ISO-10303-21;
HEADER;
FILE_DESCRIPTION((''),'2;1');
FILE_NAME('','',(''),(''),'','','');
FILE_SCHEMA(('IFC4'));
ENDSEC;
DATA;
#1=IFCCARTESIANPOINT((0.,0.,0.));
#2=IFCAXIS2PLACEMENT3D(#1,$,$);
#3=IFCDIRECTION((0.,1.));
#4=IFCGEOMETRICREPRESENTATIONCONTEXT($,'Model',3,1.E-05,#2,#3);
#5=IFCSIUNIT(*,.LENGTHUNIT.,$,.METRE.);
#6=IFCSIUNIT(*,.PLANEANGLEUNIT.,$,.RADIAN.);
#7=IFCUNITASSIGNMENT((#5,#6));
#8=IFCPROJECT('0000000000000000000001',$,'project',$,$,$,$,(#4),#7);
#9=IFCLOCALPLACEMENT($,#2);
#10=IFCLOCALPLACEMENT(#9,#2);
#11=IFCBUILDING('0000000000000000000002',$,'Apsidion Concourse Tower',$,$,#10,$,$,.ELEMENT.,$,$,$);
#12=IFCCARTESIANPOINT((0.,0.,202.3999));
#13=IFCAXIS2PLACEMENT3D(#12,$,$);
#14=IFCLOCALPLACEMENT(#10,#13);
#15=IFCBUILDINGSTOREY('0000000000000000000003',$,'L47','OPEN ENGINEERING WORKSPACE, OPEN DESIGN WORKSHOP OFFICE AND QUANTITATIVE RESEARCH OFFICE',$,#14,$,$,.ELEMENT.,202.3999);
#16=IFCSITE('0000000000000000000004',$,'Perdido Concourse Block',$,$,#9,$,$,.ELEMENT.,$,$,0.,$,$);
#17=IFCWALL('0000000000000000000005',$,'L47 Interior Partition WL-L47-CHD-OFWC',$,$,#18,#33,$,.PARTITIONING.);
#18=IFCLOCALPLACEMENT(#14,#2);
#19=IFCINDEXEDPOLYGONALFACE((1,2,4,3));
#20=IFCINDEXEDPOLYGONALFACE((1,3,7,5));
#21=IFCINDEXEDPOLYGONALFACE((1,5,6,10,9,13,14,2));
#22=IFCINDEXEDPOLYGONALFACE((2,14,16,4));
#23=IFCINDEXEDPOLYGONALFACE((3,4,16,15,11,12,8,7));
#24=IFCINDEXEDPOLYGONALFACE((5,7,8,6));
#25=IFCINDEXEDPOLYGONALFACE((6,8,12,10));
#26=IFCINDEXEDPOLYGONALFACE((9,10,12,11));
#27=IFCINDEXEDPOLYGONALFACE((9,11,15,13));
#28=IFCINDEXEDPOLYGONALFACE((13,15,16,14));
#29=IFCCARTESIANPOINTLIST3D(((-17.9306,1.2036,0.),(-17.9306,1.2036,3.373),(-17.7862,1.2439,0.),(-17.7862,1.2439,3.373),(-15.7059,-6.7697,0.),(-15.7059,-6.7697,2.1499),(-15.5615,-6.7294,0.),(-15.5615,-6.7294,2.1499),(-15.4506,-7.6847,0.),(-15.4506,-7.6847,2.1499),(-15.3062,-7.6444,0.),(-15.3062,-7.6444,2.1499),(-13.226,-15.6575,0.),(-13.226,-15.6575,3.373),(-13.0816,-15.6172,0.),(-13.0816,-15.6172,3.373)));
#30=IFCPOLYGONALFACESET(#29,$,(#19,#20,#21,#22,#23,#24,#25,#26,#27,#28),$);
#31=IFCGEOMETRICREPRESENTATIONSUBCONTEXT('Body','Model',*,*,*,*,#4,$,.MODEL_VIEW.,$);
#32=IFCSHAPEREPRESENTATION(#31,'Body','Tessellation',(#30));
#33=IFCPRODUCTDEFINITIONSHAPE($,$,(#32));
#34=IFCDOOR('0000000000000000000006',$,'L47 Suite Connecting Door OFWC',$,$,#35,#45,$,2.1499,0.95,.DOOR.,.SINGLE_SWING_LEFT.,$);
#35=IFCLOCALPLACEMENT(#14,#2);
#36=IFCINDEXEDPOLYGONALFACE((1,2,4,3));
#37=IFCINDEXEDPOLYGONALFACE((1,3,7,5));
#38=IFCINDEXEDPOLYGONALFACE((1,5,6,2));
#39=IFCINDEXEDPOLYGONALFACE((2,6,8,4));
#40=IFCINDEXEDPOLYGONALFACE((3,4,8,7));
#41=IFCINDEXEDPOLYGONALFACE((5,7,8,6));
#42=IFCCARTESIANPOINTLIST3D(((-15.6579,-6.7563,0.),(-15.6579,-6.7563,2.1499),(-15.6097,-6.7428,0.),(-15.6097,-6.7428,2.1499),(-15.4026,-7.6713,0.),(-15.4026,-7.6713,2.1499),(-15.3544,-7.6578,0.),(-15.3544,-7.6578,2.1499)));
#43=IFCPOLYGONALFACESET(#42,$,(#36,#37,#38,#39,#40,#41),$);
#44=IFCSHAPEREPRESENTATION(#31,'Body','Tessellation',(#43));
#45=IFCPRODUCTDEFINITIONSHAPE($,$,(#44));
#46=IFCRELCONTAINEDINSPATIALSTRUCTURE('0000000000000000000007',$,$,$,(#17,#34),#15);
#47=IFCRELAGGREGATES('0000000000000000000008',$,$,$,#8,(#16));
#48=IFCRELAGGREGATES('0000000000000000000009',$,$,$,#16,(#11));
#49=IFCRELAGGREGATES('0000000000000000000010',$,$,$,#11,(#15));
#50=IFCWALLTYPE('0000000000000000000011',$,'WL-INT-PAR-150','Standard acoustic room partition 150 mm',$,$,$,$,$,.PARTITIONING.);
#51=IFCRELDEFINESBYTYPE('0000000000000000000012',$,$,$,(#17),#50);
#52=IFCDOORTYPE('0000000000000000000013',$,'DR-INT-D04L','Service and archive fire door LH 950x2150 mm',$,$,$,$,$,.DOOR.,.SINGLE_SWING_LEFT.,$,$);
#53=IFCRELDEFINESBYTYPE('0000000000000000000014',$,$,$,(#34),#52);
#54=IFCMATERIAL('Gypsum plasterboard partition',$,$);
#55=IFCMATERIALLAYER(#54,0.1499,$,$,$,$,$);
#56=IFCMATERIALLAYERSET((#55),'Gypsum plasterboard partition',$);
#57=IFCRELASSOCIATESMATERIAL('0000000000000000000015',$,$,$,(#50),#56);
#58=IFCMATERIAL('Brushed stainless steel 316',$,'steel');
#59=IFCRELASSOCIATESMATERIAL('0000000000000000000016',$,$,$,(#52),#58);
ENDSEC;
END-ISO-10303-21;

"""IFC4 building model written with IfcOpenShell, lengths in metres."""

from ifc_helpers import new_model, si_unit, direction, frame, frame_2d, origin, place, context, subcontext, project, spatial, rectangle, extrude, material, layer, layer_set, type_object, element, fill, save


model = new_model("IFC4")

# Units and contexts
model_context = context("Model", 3, precision=1e-05, world=origin(), true_north=direction((0.0, 1.0)))
body_context = subcontext(model_context, "Body", "Model", "MODEL_VIEW")
ifc_project = project(units=[si_unit("LENGTHUNIT", "METRE"), si_unit("PLANEANGLEUNIT", "RADIAN")], contexts=[model_context])

# Site, building, storey
site_placement = place(None, origin())
site = spatial("IfcSite", under=ifc_project, at=site_placement, Name="Perdido Concourse Block", CompositionType="ELEMENT", RefElevation=0.0)
building_placement = place(site_placement, origin())
building = spatial("IfcBuilding", under=site, at=building_placement, Name="Apsidion Concourse Tower", CompositionType="ELEMENT")
storey_placement = place(building_placement, frame((0.0, 0.0, 202.3999)))
storey = spatial("IfcBuildingStorey", under=building, at=storey_placement, Name="L47", Description="OPEN ENGINEERING WORKSPACE, OPEN DESIGN WORKSHOP OFFICE AND QUANTITATIVE RESEARCH OFFICE", CompositionType="ELEMENT", Elevation=202.3999)

# Shared definitions
ifc_material_1 = material(Name="Gypsum plasterboard partition")
ifc_layer = layer(ifc_material_1, 0.1499)
ifc_layer_set = layer_set([ifc_layer], Name="Gypsum plasterboard partition")
wall_type = type_object("IfcWallType", Name="WL-INT-PAR-150", Description="Standard acoustic room partition 150 mm", PredefinedType="PARTITIONING", material=ifc_layer_set)

# Wall, opening, door
wall_1_placement = place(storey_placement, frame((-17.8584, 1.2236, 0.0), z_axis=(0.0, 0.0, 1.0), x_axis=(0.268755, -0.963209, 0.0)))
wall_1 = element("IfcWall", 1, at=wall_1_placement, inside=storey, type_object=wall_type, Name="L47 Interior Partition WL-L47-CHD-OFWC", PredefinedType="PARTITIONING", context=body_context, shape_type="SweptSolid", body=[
    extrude(rectangle(XDim=17.5051, YDim=0.1499, at=frame_2d((8.7524, 0.0))), origin(), (0.0, 0.0, 1.0), 3.373),
])
opening_placement = place(wall_1_placement, frame((8.2776, 0.0, 0.0)))
opening = element("IfcOpeningElement", 2, at=opening_placement, cuts=wall_1, PredefinedType="OPENING", context=body_context, shape_type="SweptSolid", body=[
    extrude(rectangle(XDim=0.95, YDim=2.1499, at=frame_2d((0.4751, 1.075))), frame((0.0, 0.085, 0.0), z_axis=(0.0, -1.0, 0.0), x_axis=(1.0, 0.0, 0.0)), (0.0, 0.0, 1.0), 0.1699),
])
ifc_material_2 = material(Name="Brushed stainless steel 316", Category="steel")
door_type = type_object("IfcDoorType", Name="DR-INT-D04L", Description="Service and archive fire door LH 950x2150 mm", OperationType="SINGLE_SWING_LEFT", PredefinedType="DOOR", material=ifc_material_2)
door_placement = place(opening_placement, origin())
door = element("IfcDoor", 3, at=door_placement, inside=storey, type_object=door_type, Name="L47 Suite Connecting Door OFWC", OperationType="SINGLE_SWING_LEFT", OverallHeight=2.1499, OverallWidth=0.95, PredefinedType="DOOR", context=body_context, shape_type="SweptSolid", body=[
    extrude(rectangle(XDim=0.95, YDim=2.1499, at=frame_2d((0.4751, 1.075))), frame((0.0, 0.0249, 0.0), z_axis=(0.0, -1.0, 0.0), x_axis=(1.0, 0.0, 0.0)), (0.0, 0.0, 1.0), 0.05),
])
fill(opening, door)

save(model, "model.ifc")
